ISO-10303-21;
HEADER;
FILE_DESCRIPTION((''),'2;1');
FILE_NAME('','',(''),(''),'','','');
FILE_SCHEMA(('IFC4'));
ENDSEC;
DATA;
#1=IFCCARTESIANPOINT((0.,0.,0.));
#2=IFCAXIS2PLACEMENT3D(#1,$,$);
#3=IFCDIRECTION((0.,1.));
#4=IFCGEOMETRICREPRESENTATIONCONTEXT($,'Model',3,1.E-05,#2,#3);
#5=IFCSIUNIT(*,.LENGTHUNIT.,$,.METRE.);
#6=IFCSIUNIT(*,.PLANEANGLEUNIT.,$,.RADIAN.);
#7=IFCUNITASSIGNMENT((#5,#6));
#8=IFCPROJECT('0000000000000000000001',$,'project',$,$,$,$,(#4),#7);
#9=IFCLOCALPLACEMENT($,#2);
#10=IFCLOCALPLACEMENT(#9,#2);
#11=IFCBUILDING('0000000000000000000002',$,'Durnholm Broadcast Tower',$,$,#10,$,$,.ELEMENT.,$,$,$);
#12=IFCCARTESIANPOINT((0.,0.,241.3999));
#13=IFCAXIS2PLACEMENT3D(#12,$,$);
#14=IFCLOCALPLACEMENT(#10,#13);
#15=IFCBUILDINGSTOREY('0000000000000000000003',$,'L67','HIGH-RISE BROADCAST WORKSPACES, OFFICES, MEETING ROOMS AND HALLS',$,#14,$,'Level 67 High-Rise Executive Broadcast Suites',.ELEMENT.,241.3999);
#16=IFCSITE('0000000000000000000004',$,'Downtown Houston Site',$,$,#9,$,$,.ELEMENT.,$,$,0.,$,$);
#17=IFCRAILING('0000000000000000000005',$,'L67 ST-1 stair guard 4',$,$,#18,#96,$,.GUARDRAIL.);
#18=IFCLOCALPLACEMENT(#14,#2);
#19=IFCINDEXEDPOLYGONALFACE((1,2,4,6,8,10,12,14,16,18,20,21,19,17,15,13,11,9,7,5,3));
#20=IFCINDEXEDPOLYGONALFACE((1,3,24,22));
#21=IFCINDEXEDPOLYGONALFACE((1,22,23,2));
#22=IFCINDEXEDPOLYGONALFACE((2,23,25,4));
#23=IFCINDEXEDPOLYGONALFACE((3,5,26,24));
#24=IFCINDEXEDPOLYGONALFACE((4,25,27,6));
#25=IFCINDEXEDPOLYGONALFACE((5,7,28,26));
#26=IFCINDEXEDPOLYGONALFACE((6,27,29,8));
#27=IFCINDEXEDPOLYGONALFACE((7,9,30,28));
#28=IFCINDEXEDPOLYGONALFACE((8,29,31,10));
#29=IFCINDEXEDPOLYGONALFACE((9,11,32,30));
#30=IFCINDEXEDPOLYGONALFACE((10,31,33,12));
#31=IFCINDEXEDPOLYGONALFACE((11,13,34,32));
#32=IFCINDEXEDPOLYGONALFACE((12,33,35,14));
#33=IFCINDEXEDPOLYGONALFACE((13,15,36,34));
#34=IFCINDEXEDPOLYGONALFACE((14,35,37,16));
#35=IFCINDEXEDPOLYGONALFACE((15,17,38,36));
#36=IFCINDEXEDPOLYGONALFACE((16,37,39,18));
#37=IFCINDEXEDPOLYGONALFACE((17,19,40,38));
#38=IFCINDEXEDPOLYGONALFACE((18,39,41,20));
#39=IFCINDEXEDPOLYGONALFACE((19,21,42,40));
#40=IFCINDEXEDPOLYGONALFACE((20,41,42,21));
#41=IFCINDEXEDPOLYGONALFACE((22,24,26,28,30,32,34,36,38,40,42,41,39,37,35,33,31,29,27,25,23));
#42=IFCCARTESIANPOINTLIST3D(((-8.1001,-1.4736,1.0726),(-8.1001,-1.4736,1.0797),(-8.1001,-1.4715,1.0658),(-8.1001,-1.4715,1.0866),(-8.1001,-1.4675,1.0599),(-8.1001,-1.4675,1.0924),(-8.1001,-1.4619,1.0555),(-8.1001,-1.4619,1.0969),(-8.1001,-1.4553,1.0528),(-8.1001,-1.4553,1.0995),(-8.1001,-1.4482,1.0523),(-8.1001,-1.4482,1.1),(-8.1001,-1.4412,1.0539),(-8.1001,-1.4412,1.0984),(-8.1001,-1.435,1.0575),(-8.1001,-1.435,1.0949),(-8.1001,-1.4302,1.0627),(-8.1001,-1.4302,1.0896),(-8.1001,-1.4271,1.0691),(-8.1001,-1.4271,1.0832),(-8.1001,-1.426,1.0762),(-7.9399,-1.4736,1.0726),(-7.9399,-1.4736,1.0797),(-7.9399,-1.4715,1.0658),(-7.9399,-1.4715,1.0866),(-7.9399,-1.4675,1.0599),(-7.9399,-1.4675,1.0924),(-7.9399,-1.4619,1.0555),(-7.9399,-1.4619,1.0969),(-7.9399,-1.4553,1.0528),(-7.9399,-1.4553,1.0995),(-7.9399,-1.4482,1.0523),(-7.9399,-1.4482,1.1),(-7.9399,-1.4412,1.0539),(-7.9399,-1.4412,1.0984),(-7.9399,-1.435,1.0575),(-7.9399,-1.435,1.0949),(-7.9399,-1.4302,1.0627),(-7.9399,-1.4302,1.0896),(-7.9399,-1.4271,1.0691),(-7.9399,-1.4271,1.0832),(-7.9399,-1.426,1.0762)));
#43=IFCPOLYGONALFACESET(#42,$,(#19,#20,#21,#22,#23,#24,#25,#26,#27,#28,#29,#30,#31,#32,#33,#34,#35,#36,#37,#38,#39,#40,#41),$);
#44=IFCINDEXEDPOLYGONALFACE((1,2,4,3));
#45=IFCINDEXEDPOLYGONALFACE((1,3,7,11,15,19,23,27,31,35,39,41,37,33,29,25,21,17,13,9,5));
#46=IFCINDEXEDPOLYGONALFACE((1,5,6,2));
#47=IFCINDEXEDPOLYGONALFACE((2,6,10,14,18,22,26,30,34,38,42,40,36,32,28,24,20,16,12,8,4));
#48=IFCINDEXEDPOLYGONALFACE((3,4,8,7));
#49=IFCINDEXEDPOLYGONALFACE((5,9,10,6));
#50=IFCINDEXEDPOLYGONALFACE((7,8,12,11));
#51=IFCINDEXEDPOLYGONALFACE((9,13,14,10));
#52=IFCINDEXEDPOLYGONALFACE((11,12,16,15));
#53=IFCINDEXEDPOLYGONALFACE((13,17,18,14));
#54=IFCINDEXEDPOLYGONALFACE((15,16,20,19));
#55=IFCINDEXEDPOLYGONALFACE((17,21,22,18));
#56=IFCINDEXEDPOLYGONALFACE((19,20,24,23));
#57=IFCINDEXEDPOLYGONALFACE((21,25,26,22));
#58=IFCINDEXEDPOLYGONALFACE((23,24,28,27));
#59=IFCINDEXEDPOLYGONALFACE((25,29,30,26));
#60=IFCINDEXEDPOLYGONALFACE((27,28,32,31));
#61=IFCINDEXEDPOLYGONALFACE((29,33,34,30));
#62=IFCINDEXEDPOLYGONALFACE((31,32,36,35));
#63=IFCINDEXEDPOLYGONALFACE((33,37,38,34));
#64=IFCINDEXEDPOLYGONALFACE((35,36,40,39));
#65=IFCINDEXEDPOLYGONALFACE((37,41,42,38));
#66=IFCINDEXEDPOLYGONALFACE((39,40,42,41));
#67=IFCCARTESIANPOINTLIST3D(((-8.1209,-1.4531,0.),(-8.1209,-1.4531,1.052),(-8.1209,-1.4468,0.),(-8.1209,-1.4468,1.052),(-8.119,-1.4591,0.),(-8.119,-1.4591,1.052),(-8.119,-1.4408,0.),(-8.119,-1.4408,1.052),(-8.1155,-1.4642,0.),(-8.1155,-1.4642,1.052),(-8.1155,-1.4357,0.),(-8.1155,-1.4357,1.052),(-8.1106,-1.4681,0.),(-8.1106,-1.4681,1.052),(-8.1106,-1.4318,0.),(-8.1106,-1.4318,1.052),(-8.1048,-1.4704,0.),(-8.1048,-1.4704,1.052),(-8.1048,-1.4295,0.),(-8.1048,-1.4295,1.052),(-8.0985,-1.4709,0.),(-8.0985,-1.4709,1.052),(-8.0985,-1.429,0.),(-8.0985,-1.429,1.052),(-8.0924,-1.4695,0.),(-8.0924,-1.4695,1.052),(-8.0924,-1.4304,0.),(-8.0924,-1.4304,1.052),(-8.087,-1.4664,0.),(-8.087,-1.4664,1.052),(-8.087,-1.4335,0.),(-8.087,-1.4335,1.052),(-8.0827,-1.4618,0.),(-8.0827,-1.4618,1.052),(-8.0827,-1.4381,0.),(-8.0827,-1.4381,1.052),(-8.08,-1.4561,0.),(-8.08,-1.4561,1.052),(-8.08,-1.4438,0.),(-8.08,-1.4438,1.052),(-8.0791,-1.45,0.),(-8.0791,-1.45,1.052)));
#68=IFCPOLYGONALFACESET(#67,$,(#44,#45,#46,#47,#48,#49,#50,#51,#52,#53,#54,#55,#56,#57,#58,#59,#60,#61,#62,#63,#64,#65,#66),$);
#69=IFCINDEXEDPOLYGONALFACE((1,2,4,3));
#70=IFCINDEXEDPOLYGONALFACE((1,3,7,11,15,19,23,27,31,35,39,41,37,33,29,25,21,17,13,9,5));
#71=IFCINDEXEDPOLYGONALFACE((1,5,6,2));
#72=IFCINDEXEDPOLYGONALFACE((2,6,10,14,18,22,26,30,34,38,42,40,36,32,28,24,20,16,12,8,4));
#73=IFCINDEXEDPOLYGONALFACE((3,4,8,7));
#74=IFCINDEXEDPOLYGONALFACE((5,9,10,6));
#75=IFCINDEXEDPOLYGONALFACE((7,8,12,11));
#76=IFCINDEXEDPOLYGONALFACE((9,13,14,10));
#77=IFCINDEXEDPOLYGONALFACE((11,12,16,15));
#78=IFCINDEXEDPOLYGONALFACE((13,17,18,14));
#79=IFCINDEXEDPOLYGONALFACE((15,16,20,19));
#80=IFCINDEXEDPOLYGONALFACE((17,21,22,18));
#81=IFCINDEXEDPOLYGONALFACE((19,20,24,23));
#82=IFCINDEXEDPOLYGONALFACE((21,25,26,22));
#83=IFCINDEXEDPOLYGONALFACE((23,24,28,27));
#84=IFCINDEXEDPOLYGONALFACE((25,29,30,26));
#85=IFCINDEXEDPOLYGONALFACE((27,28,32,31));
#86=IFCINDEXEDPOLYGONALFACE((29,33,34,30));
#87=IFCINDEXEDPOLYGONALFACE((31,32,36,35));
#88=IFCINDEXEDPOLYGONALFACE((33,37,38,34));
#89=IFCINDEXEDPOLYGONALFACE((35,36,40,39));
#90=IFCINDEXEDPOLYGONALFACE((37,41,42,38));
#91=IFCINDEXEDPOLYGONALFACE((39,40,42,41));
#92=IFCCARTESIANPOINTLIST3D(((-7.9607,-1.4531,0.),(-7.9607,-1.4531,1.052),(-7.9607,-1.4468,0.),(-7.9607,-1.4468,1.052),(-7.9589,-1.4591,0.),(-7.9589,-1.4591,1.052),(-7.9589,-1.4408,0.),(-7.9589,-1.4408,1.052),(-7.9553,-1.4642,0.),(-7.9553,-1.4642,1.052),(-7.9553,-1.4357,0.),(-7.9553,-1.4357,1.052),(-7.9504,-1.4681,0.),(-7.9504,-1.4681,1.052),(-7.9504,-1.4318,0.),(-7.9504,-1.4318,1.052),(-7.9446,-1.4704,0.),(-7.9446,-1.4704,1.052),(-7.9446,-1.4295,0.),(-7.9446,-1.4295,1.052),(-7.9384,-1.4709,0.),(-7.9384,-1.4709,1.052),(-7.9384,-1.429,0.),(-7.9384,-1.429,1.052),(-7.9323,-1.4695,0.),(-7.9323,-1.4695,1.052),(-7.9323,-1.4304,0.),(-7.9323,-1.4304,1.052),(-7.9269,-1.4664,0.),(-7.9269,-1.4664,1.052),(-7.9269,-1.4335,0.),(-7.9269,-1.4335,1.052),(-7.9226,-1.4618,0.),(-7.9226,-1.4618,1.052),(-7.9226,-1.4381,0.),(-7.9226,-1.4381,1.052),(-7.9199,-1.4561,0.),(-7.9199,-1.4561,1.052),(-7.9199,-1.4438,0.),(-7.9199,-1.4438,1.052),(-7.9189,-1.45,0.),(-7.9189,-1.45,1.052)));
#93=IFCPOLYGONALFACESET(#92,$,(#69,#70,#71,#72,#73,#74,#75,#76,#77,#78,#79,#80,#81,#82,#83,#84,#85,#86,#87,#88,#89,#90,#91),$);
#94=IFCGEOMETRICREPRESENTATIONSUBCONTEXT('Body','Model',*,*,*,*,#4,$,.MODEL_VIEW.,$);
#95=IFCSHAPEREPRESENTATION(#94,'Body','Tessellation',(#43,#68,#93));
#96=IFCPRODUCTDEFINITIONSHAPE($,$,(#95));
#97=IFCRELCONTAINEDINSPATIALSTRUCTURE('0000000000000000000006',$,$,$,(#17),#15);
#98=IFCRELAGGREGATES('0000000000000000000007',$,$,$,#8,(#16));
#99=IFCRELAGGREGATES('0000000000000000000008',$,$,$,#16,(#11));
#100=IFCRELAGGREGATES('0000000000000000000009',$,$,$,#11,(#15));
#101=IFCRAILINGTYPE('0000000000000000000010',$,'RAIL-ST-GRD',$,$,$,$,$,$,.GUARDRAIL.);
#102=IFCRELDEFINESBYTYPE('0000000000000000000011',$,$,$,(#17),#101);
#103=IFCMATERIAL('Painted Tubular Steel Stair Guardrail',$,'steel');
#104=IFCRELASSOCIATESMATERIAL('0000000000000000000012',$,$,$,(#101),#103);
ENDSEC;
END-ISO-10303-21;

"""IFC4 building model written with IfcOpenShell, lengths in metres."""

from ifc_helpers import new_model, si_unit, direction, frame, origin, origin_2d, place, context, subcontext, project, spatial, circle, extrude, material, type_object, element, save


model = new_model("IFC4")

# Units and contexts
model_context = context("Model", 3, precision=1e-05, world=origin(), true_north=direction((0.0, 1.0)))
body_context = subcontext(model_context, "Body", "Model", "MODEL_VIEW")
ifc_project = project(units=[si_unit("LENGTHUNIT", "METRE"), si_unit("PLANEANGLEUNIT", "RADIAN")], contexts=[model_context])

# Site, building, storey
site_placement = place(None, origin())
site = spatial("IfcSite", under=ifc_project, at=site_placement, Name="Downtown Houston Site", CompositionType="ELEMENT", RefElevation=0.0)
building_placement = place(site_placement, origin())
building = spatial("IfcBuilding", under=site, at=building_placement, Name="Durnholm Broadcast Tower", CompositionType="ELEMENT")
storey_placement = place(building_placement, frame((0.0, 0.0, 241.3999)))
storey = spatial("IfcBuildingStorey", under=building, at=storey_placement, Name="L67", Description="HIGH-RISE BROADCAST WORKSPACES, OFFICES, MEETING ROOMS AND HALLS", LongName="Level 67 High-Rise Executive Broadcast Suites", CompositionType="ELEMENT", Elevation=241.3999)

# Railing
ifc_material_1 = material(Name="Painted Tubular Steel Stair Guardrail", Category="steel")
railing_type_1 = type_object("IfcRailingType", Name="RAIL-ST-GRD", PredefinedType="GUARDRAIL", material=ifc_material_1)
railing_1_placement = place(storey_placement, frame((-8.1001, -1.45, 0.0)))
element("IfcRailing", 1, at=railing_1_placement, inside=storey, type_object=railing_type_1, Name="L67 ST-1 stair guard 4", PredefinedType="GUARDRAIL", context=body_context, shape_type="SweptSolid", body=[
    extrude(circle(Radius=0.0239, at=origin_2d()), frame((0.0, 0.0, 1.0762), z_axis=(1.0, 0.0, 0.0), x_axis=(0.0, 1.0, 0.0)), (0.0, 0.0, 1.0), 0.1602),
    extrude(circle(Radius=0.021, at=origin_2d()), origin(), (0.0, 0.0, 1.0), 1.052),
    extrude(circle(Radius=0.021, at=origin_2d()), frame((0.1602, 0.0, 0.0)), (0.0, 0.0, 1.0), 1.052),
])

save(model, "model.ifc")
